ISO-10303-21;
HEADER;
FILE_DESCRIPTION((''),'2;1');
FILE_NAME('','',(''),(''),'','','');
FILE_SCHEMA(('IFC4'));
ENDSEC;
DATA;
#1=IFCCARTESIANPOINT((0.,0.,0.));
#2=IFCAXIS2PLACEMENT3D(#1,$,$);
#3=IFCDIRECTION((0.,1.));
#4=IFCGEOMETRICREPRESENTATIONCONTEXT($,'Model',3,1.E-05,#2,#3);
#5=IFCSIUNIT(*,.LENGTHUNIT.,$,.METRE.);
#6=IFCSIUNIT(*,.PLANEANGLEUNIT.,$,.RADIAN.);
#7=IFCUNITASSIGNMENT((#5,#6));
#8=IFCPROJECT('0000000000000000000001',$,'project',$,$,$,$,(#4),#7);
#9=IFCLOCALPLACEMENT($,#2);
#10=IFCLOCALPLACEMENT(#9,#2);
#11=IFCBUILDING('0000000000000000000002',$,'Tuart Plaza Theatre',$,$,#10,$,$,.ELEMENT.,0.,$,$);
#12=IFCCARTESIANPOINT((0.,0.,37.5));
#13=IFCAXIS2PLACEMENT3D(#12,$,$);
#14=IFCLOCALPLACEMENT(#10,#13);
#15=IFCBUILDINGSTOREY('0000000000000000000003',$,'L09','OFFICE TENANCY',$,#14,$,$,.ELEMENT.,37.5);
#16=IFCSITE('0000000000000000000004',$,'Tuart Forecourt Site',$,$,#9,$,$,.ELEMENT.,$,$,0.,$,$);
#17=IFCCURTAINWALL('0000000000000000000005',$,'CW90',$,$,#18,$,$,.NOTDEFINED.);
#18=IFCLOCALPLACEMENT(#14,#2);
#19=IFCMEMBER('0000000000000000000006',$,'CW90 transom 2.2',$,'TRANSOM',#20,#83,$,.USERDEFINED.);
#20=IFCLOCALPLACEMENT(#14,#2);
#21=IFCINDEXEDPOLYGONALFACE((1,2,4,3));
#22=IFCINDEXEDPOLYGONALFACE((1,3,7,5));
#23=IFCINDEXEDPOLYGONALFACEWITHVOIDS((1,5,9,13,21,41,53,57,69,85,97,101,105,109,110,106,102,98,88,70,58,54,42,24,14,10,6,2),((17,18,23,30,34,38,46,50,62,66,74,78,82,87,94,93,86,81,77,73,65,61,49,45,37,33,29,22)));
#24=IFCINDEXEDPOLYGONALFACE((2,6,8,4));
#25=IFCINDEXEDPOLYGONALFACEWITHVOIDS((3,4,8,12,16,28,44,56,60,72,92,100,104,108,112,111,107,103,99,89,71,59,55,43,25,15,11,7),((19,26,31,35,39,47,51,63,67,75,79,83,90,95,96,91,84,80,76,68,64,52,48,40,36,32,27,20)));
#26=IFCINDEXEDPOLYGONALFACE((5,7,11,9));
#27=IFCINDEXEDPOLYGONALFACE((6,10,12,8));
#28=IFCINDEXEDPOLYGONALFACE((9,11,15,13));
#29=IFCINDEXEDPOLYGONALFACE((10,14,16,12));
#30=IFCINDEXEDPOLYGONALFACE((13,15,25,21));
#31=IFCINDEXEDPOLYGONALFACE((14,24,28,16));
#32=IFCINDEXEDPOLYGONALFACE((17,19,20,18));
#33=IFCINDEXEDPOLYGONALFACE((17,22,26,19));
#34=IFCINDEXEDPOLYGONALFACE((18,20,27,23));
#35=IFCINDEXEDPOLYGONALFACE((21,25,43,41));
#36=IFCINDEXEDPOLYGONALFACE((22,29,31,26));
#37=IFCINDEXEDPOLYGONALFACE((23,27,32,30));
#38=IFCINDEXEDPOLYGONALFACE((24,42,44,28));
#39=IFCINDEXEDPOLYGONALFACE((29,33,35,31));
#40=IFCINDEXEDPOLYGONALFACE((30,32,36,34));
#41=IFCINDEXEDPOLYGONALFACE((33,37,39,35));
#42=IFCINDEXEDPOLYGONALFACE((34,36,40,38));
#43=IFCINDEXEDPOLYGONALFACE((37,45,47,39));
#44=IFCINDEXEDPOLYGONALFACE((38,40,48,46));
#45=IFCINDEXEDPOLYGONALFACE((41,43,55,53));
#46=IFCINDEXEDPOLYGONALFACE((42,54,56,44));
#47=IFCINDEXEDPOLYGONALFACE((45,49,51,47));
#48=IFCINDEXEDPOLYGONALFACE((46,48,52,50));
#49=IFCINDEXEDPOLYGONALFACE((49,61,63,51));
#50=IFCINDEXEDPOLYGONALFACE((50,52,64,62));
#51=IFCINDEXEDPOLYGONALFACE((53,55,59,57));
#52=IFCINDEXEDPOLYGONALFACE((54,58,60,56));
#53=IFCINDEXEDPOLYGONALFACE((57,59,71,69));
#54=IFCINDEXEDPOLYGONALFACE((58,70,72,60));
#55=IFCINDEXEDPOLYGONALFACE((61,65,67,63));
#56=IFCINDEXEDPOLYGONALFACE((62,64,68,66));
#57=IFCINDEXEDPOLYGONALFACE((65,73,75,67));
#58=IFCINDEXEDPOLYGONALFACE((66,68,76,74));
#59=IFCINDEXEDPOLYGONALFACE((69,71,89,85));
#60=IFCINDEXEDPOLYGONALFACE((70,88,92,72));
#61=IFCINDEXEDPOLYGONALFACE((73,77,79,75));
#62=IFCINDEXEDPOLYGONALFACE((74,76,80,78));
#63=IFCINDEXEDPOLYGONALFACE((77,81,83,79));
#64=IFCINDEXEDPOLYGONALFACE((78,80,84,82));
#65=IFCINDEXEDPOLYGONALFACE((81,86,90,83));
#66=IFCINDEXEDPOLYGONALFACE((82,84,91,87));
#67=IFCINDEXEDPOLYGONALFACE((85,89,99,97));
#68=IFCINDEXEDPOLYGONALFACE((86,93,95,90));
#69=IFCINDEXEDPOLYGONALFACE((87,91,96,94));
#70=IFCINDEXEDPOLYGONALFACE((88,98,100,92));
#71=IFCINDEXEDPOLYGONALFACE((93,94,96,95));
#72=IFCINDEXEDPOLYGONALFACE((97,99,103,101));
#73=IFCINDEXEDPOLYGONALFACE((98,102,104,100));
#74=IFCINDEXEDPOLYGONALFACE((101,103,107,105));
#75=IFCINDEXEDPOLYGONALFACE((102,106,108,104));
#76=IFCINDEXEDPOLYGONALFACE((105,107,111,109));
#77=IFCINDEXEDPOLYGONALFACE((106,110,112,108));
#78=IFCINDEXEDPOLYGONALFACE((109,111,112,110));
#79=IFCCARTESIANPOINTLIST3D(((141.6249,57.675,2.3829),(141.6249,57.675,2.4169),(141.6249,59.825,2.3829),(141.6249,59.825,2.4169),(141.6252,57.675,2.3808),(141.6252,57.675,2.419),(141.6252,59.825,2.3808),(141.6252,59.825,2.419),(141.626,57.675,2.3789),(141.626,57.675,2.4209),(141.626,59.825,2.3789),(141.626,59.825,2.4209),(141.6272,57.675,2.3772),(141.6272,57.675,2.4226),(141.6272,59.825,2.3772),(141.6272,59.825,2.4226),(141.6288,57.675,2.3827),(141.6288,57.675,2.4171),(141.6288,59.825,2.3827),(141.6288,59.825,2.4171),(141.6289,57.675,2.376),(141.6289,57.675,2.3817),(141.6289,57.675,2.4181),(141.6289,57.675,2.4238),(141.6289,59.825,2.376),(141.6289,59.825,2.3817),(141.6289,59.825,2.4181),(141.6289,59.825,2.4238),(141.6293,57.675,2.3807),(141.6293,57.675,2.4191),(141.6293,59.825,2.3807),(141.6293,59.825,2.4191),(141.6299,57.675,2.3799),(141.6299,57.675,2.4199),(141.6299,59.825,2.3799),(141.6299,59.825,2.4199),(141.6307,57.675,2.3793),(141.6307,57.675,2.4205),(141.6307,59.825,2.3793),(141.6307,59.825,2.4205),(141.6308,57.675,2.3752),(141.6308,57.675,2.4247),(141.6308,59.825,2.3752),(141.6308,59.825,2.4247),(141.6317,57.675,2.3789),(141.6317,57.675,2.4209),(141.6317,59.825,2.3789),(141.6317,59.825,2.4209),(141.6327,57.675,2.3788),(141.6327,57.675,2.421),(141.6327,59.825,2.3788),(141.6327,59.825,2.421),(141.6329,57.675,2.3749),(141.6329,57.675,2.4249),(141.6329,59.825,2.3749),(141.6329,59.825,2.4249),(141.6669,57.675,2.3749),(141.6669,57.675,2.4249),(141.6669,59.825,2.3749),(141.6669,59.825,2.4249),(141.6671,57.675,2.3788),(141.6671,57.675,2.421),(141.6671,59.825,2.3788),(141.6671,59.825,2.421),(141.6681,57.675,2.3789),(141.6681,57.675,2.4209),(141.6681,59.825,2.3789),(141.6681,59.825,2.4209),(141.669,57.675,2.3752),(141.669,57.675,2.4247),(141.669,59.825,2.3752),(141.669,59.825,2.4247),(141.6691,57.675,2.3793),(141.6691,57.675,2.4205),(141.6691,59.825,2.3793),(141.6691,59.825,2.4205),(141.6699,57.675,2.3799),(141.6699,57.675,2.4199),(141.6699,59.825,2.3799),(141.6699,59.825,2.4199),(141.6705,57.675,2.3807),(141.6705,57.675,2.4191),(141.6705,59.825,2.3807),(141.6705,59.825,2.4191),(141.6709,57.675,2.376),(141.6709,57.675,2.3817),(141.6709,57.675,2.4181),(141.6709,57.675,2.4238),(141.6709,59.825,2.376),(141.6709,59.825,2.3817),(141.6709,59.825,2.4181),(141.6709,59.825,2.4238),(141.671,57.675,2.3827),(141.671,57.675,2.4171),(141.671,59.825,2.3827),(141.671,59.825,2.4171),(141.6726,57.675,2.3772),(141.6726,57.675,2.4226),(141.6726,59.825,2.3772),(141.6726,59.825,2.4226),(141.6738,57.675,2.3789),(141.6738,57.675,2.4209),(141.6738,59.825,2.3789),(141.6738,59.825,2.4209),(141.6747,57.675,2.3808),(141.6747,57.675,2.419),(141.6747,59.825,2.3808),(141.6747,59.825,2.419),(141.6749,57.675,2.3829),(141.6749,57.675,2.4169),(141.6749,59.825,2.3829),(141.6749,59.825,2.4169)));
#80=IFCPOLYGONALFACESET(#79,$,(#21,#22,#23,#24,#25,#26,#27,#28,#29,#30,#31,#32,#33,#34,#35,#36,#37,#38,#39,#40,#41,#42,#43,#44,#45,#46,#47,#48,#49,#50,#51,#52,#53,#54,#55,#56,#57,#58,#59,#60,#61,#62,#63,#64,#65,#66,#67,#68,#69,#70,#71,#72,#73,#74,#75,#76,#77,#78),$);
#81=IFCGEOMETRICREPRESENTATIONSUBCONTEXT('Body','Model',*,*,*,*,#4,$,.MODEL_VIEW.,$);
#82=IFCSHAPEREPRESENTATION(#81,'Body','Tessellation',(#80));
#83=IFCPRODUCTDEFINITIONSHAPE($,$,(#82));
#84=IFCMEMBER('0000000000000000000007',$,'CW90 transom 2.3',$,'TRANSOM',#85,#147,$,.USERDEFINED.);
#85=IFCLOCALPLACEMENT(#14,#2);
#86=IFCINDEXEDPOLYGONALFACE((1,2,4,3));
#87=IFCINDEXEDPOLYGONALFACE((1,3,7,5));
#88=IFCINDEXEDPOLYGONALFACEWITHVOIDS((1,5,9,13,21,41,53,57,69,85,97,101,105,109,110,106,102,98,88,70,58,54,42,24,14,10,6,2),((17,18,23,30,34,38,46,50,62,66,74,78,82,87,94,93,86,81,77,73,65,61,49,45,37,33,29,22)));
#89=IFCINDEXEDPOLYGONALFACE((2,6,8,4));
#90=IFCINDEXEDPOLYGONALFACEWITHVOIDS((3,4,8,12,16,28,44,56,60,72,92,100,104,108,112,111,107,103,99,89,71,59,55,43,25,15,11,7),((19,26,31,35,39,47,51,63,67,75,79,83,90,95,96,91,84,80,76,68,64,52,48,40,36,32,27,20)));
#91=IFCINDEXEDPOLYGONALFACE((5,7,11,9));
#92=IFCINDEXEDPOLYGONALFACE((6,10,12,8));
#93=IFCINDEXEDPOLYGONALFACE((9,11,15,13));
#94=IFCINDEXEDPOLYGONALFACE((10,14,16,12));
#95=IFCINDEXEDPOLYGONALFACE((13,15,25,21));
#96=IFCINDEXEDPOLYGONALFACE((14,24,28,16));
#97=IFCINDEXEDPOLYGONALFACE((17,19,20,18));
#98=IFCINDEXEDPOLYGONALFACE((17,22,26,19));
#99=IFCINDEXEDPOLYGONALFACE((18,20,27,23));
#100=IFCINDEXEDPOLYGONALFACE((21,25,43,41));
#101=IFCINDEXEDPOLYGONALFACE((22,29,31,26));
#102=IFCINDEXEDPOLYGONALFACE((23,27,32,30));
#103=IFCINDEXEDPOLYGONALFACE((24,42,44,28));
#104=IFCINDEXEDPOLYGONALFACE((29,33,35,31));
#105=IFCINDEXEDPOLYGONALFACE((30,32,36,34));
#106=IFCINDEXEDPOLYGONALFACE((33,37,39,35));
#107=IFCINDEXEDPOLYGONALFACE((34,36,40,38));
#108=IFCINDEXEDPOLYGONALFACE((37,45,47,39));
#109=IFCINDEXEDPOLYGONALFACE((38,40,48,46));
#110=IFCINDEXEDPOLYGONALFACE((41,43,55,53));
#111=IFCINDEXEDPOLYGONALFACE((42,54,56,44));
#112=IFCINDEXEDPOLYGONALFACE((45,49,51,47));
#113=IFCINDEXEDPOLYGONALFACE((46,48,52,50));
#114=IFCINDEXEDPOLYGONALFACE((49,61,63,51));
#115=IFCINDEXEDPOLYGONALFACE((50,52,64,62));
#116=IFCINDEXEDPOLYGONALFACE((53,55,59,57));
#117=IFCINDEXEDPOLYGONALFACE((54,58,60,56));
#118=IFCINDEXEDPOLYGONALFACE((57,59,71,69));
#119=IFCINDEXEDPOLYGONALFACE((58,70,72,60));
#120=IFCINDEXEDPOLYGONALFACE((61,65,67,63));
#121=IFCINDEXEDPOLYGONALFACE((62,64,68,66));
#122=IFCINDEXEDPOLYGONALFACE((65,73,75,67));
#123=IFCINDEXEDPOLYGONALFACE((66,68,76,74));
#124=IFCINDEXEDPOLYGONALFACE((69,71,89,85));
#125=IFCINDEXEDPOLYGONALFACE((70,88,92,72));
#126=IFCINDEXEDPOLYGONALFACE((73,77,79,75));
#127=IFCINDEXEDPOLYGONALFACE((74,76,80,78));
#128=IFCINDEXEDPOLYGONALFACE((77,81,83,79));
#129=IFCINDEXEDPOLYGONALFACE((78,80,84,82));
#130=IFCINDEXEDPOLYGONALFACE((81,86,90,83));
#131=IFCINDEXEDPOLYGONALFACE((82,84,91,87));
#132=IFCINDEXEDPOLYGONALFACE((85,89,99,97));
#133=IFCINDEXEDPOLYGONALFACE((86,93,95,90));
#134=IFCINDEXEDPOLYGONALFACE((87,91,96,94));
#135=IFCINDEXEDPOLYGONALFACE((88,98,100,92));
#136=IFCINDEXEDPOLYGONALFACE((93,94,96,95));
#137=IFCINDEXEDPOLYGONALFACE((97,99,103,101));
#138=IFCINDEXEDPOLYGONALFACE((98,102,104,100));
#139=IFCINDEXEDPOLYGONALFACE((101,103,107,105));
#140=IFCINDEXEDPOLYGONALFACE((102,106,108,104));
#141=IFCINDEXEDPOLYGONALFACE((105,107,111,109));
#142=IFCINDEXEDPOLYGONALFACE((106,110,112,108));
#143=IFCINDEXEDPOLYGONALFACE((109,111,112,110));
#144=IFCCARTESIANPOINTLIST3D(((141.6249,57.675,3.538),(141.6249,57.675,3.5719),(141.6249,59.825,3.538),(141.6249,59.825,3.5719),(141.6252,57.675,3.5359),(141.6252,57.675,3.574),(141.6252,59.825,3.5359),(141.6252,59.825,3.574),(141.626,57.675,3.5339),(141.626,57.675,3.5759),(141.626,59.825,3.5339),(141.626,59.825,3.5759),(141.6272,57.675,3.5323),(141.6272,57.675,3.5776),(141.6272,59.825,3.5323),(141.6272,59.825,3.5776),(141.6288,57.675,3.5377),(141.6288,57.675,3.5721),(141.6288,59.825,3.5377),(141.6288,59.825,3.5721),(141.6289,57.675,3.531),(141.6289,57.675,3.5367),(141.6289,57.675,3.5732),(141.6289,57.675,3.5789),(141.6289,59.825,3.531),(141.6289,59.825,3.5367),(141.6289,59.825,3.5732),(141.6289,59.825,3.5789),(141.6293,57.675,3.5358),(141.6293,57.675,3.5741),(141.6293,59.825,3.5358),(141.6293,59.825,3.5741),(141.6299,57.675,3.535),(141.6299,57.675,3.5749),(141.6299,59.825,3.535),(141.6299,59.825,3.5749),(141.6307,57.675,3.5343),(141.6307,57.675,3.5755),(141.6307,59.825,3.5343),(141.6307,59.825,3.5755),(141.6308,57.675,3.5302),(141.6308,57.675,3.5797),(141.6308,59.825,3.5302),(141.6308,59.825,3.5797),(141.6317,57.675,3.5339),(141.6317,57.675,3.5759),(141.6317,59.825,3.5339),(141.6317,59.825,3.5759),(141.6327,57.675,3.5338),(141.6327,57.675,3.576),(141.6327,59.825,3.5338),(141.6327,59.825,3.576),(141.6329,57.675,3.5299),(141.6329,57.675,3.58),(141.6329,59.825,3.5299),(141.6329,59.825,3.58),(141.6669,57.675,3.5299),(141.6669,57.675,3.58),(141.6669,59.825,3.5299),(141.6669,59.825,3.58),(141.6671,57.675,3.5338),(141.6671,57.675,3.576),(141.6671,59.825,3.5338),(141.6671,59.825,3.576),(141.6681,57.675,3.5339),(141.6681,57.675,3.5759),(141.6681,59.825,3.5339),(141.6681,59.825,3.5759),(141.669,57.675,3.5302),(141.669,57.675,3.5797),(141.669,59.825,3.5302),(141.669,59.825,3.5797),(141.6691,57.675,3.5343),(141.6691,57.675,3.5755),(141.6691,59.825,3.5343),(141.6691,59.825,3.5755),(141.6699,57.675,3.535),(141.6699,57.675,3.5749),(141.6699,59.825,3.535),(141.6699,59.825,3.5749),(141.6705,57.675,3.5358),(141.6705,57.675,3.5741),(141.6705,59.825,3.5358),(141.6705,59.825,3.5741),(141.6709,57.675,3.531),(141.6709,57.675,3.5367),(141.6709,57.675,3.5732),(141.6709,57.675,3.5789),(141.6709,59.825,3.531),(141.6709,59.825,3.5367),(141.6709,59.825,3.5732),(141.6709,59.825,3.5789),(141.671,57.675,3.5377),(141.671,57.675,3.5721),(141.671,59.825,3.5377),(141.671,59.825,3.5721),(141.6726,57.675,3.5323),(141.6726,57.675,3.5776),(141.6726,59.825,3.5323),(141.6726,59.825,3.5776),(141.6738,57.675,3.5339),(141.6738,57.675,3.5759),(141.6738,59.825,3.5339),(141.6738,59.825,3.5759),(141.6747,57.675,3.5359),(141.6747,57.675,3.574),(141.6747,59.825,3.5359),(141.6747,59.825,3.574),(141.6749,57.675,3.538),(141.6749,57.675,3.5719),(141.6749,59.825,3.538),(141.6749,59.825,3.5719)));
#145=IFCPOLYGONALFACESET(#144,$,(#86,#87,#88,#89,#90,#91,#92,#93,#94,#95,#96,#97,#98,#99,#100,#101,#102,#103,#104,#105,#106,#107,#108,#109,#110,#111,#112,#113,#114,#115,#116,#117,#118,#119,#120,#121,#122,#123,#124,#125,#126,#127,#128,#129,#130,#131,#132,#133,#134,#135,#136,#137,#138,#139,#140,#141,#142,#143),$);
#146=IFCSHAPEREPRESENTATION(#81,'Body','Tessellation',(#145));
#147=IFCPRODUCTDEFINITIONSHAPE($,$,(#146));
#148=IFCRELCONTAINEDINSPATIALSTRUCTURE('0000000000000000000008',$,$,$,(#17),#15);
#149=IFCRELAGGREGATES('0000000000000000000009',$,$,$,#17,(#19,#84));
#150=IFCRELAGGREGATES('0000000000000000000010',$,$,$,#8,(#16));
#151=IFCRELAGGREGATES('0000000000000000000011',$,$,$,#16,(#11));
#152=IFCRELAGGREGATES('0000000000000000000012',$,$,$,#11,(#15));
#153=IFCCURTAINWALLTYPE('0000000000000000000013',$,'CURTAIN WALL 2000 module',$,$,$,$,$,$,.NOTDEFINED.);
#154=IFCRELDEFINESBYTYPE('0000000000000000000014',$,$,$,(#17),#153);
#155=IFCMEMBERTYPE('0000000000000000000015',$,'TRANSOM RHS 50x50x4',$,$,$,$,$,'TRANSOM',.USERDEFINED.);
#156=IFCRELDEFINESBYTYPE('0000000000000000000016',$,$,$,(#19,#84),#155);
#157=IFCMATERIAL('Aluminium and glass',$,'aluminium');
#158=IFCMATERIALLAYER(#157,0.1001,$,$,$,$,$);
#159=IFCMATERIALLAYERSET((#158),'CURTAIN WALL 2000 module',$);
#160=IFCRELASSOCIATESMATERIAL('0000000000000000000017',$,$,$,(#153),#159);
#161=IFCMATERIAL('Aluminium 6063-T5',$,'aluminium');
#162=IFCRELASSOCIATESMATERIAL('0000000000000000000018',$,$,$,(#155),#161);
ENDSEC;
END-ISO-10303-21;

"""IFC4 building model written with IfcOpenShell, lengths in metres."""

from ifc_helpers import new_model, si_unit, direction, frame, origin, origin_2d, place, context, subcontext, project, spatial, hollow_rectangle, extrude, material, layer, layer_set, material_profile, profile_set, type_object, element, aggregate, save


model = new_model("IFC4")

# Units and contexts
model_context = context("Model", 3, precision=1e-05, world=origin(), true_north=direction((0.0, 1.0)))
body_context = subcontext(model_context, "Body", "Model", "MODEL_VIEW")
ifc_project = project(units=[si_unit("LENGTHUNIT", "METRE"), si_unit("PLANEANGLEUNIT", "RADIAN")], contexts=[model_context])

# Site, building, storey
site_placement = place(None, origin())
site = spatial("IfcSite", under=ifc_project, at=site_placement, Name="Tuart Forecourt Site", CompositionType="ELEMENT", RefElevation=0.0)
building_placement = place(site_placement, origin())
building = spatial("IfcBuilding", under=site, at=building_placement, Name="Tuart Plaza Theatre", CompositionType="ELEMENT", ElevationOfRefHeight=0.0)
storey_placement = place(building_placement, frame((0.0, 0.0, 37.5)))
storey = spatial("IfcBuildingStorey", under=building, at=storey_placement, Name="L09", Description="OFFICE TENANCY", CompositionType="ELEMENT", Elevation=37.5)

# Shared definitions
ifc_material_1 = material(Name="Aluminium and glass", Category="aluminium")
ifc_layer_1 = layer(ifc_material_1, 0.1001)
ifc_layer_set_1 = layer_set([ifc_layer_1], Name="CURTAIN WALL 2000 module")
curtain_wall_type = type_object("IfcCurtainWallType", Name="CURTAIN WALL 2000 module", PredefinedType="NOTDEFINED", material=ifc_layer_set_1)

# Curtain wall, members
curtain_wall_1_placement = place(storey_placement, origin())
curtain_wall_1 = element("IfcCurtainWall", 1, at=curtain_wall_1_placement, inside=storey, type_object=curtain_wall_type, Name="CW90", PredefinedType="NOTDEFINED")
ifc_material_2 = material(Name="Aluminium 6063-T5", Category="aluminium")
ifc_material_profile_1 = material_profile(ifc_material_2, hollow_rectangle(XDim=0.05, YDim=0.05, WallThickness=0.0039, InnerFilletRadius=0.0039, OuterFilletRadius=0.0081, at=origin_2d()), Name="RHS 50x50x4")
ifc_profile_set_1 = profile_set([ifc_material_profile_1], Name="Aluminium 6063-T5")
member_type_1 = type_object("IfcMemberType", Name="TRANSOM RHS 50x50x4", ElementType="TRANSOM", PredefinedType="USERDEFINED", material=ifc_profile_set_1)
member_1_placement = place(storey_placement, frame((141.6499, 57.675, 2.3999), z_axis=(0.0, 1.0, 0.0), x_axis=(-1.0, 0.0, 0.0)))
member_1 = element("IfcMember", 2, at=member_1_placement, type_object=member_type_1, Name="CW90 transom 2.2", ObjectType="TRANSOM", PredefinedType="USERDEFINED", context=body_context, shape_type="SweptSolid", body=[
    extrude(hollow_rectangle(XDim=0.05, YDim=0.05, WallThickness=0.0039, InnerFilletRadius=0.0039, OuterFilletRadius=0.0081, at=origin_2d()), origin(), (0.0, 0.0, 1.0), 2.1499),
])
member_2_placement = place(storey_placement, frame((141.6499, 57.675, 3.5549), z_axis=(0.0, 1.0, 0.0), x_axis=(-1.0, 0.0, 0.0)))
member_2 = element("IfcMember", 3, at=member_2_placement, type_object=member_type_1, Name="CW90 transom 2.3", ObjectType="TRANSOM", PredefinedType="USERDEFINED", context=body_context, shape_type="SweptSolid", body=[
    extrude(hollow_rectangle(XDim=0.05, YDim=0.05, WallThickness=0.0039, InnerFilletRadius=0.0039, OuterFilletRadius=0.0081, at=origin_2d()), origin(), (0.0, 0.0, 1.0), 2.1499),
])
aggregate(curtain_wall_1, [member_1, member_2])

save(model, "model.ifc")
